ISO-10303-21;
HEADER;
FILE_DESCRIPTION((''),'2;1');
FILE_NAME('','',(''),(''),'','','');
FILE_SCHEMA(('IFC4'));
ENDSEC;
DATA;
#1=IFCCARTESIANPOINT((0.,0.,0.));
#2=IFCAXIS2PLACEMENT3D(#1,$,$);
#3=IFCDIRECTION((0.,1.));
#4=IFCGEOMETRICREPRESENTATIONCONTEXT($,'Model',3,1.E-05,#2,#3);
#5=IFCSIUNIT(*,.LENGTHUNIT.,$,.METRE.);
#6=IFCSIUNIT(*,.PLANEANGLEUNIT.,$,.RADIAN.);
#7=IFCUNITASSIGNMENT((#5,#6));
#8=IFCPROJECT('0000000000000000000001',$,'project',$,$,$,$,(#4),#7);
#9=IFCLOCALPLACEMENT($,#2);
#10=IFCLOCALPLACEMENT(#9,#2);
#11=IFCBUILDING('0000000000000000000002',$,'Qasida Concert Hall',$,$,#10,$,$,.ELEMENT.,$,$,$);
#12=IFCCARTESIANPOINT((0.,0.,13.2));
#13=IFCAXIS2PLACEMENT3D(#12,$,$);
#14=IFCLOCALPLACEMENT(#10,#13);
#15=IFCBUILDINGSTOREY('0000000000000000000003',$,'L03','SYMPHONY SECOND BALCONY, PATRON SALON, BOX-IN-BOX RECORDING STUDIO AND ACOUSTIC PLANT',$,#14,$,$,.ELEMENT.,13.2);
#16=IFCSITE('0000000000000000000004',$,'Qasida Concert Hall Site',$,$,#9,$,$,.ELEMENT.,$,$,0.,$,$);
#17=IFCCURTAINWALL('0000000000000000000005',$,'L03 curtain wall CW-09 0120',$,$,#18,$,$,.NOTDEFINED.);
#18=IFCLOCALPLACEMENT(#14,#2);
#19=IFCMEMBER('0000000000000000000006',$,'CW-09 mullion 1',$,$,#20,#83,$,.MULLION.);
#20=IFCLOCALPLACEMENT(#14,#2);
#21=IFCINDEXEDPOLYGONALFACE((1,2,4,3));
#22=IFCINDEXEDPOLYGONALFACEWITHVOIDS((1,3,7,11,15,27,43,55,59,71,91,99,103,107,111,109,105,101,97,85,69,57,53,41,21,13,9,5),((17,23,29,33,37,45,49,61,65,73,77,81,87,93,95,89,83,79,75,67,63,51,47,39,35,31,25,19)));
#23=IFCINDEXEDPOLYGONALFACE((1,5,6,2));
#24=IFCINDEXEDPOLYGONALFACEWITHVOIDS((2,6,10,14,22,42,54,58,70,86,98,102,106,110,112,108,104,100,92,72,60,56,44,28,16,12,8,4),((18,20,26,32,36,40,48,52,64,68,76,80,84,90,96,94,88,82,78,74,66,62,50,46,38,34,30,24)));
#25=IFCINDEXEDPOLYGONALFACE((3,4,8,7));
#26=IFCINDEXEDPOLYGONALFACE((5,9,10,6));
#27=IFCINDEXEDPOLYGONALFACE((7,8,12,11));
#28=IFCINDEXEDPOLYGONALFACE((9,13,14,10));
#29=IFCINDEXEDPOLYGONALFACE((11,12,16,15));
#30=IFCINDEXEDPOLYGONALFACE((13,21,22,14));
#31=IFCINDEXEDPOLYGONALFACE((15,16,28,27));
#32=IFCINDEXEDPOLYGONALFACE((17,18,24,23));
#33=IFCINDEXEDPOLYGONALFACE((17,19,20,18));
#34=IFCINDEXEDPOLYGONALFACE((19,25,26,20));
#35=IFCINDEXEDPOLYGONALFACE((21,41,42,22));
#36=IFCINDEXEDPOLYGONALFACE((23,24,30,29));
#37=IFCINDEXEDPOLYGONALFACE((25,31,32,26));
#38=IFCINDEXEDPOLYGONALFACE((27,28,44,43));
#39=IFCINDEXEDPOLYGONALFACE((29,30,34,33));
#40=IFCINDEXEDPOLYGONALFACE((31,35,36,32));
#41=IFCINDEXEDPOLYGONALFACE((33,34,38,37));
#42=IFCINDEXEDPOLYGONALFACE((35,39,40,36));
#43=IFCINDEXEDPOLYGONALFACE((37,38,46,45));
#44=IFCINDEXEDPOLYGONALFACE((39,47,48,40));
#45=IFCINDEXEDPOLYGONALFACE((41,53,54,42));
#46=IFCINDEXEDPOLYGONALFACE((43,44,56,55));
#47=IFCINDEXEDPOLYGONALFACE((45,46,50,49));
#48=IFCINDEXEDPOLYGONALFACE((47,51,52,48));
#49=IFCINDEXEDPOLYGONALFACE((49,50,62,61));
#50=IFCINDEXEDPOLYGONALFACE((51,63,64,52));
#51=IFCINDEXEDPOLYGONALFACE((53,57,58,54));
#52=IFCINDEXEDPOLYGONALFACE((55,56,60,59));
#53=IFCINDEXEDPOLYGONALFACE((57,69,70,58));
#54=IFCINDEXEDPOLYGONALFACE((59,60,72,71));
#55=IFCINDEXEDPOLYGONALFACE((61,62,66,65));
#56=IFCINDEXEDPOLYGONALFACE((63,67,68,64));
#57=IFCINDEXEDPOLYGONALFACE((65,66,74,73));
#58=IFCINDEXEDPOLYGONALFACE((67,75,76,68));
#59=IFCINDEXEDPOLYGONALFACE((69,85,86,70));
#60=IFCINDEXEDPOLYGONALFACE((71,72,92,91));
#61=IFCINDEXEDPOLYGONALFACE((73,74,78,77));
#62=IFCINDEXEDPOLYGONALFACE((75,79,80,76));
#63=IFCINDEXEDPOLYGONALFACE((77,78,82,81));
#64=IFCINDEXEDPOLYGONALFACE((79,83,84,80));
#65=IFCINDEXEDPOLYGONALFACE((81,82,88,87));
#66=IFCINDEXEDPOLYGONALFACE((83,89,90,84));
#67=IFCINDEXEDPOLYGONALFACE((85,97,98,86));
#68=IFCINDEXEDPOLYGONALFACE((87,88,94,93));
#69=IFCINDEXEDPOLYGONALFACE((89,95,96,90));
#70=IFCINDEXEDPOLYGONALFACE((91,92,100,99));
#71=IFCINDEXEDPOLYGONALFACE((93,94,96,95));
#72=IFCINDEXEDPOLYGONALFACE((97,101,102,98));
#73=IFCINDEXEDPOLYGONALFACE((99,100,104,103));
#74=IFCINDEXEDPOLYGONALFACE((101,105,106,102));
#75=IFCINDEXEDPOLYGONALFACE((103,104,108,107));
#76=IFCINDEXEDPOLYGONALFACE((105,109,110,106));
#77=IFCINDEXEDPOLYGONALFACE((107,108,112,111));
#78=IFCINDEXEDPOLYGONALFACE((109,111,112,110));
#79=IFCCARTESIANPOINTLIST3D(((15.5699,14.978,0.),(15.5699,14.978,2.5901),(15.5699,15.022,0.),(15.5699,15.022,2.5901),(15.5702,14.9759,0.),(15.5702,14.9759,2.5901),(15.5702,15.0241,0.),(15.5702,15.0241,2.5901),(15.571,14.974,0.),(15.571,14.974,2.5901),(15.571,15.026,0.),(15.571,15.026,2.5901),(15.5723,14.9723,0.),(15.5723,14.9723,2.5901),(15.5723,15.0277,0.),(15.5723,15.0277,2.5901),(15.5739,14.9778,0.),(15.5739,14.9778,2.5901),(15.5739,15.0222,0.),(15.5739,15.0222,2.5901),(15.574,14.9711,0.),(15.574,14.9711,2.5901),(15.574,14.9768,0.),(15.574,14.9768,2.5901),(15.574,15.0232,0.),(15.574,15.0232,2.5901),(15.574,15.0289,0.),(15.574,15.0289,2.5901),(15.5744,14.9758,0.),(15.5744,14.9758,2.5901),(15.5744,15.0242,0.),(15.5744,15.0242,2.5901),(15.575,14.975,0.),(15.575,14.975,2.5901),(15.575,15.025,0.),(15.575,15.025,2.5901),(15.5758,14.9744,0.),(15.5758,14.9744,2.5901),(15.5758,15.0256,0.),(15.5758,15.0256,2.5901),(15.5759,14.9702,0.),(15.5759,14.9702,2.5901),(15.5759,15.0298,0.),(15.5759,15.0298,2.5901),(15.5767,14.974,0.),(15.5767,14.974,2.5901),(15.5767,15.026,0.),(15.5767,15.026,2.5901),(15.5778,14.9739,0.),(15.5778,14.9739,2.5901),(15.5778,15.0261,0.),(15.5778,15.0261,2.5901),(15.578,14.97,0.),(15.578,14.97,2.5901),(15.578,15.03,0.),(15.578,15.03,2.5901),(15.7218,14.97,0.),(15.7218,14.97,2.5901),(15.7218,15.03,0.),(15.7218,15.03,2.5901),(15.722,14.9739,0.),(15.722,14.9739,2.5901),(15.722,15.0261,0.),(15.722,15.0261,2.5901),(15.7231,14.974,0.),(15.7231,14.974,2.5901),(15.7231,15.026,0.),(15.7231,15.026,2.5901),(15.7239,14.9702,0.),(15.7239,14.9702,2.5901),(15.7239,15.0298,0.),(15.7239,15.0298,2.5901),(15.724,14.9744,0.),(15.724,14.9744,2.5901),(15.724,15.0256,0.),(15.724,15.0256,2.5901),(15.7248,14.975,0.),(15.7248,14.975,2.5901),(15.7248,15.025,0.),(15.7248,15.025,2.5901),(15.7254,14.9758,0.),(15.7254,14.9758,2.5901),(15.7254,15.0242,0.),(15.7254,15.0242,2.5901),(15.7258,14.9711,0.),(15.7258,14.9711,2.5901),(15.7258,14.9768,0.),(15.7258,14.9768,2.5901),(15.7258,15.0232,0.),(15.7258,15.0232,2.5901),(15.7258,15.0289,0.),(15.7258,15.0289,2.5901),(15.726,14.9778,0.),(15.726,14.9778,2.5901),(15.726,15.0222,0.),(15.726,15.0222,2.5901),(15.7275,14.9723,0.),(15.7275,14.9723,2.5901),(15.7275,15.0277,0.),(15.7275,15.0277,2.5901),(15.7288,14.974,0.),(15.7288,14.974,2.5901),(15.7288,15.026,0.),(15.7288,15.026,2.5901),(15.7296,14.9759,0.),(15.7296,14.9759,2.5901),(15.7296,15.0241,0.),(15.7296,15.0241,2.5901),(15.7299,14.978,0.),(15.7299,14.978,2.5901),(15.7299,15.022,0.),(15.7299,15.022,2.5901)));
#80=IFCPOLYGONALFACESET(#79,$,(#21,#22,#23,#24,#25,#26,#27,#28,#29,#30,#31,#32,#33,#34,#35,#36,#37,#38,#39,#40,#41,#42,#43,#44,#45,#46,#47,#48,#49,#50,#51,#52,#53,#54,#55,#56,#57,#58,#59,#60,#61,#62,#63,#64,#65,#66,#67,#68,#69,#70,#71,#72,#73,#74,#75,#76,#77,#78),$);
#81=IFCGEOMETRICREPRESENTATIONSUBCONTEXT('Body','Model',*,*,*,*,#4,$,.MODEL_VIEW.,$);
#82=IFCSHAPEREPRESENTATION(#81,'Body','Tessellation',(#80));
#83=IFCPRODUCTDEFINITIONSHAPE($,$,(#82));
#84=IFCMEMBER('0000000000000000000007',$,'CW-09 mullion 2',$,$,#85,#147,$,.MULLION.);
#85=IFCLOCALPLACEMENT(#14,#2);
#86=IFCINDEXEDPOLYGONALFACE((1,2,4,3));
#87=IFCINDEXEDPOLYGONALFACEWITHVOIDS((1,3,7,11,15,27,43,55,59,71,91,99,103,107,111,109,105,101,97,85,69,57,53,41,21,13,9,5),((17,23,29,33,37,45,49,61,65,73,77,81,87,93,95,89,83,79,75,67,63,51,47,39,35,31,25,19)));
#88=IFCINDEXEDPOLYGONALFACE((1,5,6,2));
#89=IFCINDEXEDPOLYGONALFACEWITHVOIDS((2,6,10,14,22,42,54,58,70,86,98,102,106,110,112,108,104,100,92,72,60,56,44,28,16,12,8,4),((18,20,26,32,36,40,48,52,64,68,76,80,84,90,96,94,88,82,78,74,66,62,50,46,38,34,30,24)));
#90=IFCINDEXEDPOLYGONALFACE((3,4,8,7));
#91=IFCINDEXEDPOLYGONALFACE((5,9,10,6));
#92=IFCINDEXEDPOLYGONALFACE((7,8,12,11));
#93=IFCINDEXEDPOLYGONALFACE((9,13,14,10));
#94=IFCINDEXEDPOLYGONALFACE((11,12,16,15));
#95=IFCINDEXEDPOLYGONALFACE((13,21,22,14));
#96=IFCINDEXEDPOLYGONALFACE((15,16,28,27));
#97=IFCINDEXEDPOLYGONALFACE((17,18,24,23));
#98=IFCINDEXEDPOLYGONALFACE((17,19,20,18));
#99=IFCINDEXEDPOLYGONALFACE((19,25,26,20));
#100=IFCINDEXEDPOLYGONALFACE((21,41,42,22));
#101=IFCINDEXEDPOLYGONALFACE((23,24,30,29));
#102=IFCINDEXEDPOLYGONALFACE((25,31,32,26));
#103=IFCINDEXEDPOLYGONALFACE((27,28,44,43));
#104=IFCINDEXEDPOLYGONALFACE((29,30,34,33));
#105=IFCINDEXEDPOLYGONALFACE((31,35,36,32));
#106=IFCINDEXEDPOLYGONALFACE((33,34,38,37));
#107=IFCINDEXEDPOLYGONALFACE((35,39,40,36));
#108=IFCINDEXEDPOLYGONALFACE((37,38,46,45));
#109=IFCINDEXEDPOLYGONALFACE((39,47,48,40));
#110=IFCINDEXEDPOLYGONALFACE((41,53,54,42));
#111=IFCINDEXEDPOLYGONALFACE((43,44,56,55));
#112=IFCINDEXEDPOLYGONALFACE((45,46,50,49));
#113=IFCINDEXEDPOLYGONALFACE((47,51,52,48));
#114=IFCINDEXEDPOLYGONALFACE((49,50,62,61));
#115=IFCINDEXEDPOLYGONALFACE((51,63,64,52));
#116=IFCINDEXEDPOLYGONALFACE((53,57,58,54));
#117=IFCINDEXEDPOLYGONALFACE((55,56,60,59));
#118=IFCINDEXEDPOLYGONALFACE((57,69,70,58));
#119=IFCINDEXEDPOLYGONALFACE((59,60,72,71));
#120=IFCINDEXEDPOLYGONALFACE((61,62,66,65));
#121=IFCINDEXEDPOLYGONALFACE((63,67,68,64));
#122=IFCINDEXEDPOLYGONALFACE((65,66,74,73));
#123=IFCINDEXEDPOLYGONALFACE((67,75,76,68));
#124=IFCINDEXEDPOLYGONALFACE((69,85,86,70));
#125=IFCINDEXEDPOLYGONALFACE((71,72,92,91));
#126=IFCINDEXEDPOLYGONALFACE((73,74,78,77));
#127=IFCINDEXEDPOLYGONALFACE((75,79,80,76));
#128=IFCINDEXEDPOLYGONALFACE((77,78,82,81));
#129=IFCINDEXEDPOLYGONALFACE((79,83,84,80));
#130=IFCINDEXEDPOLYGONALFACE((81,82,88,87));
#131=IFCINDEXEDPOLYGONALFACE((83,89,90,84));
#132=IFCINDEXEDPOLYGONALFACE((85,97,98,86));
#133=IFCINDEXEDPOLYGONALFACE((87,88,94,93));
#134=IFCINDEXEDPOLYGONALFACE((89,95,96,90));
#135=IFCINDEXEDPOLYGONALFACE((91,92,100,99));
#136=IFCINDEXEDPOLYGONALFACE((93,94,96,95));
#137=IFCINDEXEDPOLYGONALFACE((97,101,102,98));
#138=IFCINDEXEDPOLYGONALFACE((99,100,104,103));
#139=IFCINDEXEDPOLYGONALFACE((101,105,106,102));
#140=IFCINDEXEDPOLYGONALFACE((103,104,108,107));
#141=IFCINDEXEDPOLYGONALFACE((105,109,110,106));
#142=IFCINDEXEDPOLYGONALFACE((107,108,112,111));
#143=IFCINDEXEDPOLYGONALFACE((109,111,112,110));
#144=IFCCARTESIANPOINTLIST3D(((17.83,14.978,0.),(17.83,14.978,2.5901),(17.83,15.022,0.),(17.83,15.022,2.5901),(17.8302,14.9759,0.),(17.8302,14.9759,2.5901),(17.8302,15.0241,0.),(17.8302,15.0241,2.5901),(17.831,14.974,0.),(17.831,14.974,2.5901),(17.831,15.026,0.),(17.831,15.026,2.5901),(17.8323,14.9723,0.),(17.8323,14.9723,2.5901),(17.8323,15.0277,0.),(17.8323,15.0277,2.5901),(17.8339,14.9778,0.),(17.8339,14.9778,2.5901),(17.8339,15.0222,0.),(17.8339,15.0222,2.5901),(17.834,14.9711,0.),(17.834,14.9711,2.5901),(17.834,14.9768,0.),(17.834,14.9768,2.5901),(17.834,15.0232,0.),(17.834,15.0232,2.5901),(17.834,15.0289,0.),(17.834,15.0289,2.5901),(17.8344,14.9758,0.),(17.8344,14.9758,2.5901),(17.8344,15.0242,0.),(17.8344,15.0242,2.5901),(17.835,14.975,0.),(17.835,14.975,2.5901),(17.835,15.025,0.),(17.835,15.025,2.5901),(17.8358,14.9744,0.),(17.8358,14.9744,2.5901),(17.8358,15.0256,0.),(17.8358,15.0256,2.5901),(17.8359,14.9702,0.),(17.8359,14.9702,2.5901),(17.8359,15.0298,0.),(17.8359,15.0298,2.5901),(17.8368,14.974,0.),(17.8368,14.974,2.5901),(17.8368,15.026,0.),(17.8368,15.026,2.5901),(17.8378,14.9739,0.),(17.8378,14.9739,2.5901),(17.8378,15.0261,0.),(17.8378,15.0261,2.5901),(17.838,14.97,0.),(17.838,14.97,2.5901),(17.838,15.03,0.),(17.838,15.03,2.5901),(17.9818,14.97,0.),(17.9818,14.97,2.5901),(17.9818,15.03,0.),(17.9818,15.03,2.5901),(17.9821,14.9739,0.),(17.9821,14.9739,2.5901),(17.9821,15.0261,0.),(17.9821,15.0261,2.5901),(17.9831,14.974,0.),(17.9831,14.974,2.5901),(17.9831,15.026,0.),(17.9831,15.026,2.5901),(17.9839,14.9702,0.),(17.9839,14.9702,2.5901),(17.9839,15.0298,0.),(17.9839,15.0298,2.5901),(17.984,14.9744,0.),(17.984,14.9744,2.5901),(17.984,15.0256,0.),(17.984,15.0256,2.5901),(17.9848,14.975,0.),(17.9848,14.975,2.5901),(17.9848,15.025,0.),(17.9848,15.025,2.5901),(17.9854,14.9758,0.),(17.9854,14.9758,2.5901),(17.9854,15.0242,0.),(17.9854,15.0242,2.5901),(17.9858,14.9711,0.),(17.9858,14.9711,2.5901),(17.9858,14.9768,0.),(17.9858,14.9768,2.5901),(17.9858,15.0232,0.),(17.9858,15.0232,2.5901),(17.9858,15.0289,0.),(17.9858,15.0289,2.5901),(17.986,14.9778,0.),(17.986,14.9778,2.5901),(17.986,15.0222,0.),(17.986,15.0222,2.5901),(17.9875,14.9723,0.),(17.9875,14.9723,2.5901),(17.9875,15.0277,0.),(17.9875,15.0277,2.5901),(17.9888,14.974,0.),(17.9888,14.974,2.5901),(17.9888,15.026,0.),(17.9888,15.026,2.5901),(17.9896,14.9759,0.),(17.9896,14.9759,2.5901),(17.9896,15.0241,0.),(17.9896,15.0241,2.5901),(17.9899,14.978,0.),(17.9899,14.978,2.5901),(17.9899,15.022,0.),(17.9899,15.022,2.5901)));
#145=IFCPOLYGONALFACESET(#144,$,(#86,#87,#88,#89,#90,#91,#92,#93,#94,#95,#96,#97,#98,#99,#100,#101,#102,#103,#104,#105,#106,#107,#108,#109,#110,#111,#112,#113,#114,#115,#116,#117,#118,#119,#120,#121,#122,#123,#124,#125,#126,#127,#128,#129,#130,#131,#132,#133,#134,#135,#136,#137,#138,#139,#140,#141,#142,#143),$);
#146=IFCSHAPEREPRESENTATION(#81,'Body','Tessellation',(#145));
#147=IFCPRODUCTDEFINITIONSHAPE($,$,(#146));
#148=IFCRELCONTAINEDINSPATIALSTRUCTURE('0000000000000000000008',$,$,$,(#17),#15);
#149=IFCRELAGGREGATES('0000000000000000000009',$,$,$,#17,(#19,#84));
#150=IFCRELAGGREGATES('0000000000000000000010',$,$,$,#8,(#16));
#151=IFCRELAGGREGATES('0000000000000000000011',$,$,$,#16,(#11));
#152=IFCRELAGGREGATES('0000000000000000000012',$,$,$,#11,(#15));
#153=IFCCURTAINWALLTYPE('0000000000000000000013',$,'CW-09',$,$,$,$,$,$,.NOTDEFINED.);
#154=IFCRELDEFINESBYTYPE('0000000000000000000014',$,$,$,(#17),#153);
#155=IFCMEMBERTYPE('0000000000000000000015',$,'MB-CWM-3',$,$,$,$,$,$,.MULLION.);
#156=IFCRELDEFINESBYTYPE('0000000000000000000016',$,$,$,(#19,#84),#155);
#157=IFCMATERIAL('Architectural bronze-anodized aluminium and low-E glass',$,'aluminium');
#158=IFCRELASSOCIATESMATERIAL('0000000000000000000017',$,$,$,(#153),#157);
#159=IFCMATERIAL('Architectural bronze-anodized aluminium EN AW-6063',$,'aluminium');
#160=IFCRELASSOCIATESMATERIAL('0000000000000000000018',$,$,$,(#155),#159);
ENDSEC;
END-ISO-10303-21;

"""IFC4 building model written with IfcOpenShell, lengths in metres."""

from ifc_helpers import new_model, si_unit, direction, frame, origin, origin_2d, place, context, subcontext, project, spatial, hollow_rectangle, extrude, material, material_profile, profile_set, type_object, element, aggregate, save


model = new_model("IFC4")

# Units and contexts
model_context = context("Model", 3, precision=1e-05, world=origin(), true_north=direction((0.0, 1.0)))
body_context = subcontext(model_context, "Body", "Model", "MODEL_VIEW")
ifc_project = project(units=[si_unit("LENGTHUNIT", "METRE"), si_unit("PLANEANGLEUNIT", "RADIAN")], contexts=[model_context])

# Site, building, storey
site_placement = place(None, origin())
site = spatial("IfcSite", under=ifc_project, at=site_placement, Name="Qasida Concert Hall Site", CompositionType="ELEMENT", RefElevation=0.0)
building_placement = place(site_placement, origin())
building = spatial("IfcBuilding", under=site, at=building_placement, Name="Qasida Concert Hall", CompositionType="ELEMENT")
storey_placement = place(building_placement, frame((0.0, 0.0, 13.2)))
storey = spatial("IfcBuildingStorey", under=building, at=storey_placement, Name="L03", Description="SYMPHONY SECOND BALCONY, PATRON SALON, BOX-IN-BOX RECORDING STUDIO AND ACOUSTIC PLANT", CompositionType="ELEMENT", Elevation=13.2)

# Curtain wall, members
ifc_material_1 = material(Name="Architectural bronze-anodized aluminium and low-E glass", Category="aluminium")
curtain_wall_type = type_object("IfcCurtainWallType", Name="CW-09", PredefinedType="NOTDEFINED", material=ifc_material_1)
curtain_wall_1_placement = place(storey_placement, origin())
curtain_wall_1 = element("IfcCurtainWall", 1, at=curtain_wall_1_placement, inside=storey, type_object=curtain_wall_type, Name="L03 curtain wall CW-09 0120", PredefinedType="NOTDEFINED")
ifc_material_2 = material(Name="Architectural bronze-anodized aluminium EN AW-6063", Category="aluminium")
ifc_material_profile_1 = material_profile(ifc_material_2, hollow_rectangle(XDim=0.0601, YDim=0.1599, WallThickness=0.0039, InnerFilletRadius=0.0039, OuterFilletRadius=0.0081, at=origin_2d()), Name="CWM 160x60x4")
ifc_profile_set_1 = profile_set([ifc_material_profile_1], Name="Architectural bronze-anodized aluminium EN AW-6063")
member_type_1 = type_object("IfcMemberType", Name="MB-CWM-3", PredefinedType="MULLION", material=ifc_profile_set_1)
member_1_placement = place(storey_placement, frame((15.6499, 15.0, 0.0), z_axis=(0.0, 0.0, 1.0), x_axis=(0.0, 1.0, 0.0)))
member_1 = element("IfcMember", 2, at=member_1_placement, type_object=member_type_1, Name="CW-09 mullion 1", PredefinedType="MULLION", context=body_context, shape_type="SweptSolid", body=[
    extrude(hollow_rectangle(XDim=0.0601, YDim=0.1599, WallThickness=0.0039, InnerFilletRadius=0.0039, OuterFilletRadius=0.0081, at=origin_2d()), origin(), (0.0, 0.0, 1.0), 2.5901),
])
member_2_placement = place(storey_placement, frame((17.9099, 15.0, 0.0), z_axis=(0.0, 0.0, 1.0), x_axis=(0.0, 1.0, 0.0)))
member_2 = element("IfcMember", 3, at=member_2_placement, type_object=member_type_1, Name="CW-09 mullion 2", PredefinedType="MULLION", context=body_context, shape_type="SweptSolid", body=[
    extrude(hollow_rectangle(XDim=0.0601, YDim=0.1599, WallThickness=0.0039, InnerFilletRadius=0.0039, OuterFilletRadius=0.0081, at=origin_2d()), origin(), (0.0, 0.0, 1.0), 2.5901),
])

aggregate(curtain_wall_1, [member_1, member_2])

save(model, "model.ifc")
